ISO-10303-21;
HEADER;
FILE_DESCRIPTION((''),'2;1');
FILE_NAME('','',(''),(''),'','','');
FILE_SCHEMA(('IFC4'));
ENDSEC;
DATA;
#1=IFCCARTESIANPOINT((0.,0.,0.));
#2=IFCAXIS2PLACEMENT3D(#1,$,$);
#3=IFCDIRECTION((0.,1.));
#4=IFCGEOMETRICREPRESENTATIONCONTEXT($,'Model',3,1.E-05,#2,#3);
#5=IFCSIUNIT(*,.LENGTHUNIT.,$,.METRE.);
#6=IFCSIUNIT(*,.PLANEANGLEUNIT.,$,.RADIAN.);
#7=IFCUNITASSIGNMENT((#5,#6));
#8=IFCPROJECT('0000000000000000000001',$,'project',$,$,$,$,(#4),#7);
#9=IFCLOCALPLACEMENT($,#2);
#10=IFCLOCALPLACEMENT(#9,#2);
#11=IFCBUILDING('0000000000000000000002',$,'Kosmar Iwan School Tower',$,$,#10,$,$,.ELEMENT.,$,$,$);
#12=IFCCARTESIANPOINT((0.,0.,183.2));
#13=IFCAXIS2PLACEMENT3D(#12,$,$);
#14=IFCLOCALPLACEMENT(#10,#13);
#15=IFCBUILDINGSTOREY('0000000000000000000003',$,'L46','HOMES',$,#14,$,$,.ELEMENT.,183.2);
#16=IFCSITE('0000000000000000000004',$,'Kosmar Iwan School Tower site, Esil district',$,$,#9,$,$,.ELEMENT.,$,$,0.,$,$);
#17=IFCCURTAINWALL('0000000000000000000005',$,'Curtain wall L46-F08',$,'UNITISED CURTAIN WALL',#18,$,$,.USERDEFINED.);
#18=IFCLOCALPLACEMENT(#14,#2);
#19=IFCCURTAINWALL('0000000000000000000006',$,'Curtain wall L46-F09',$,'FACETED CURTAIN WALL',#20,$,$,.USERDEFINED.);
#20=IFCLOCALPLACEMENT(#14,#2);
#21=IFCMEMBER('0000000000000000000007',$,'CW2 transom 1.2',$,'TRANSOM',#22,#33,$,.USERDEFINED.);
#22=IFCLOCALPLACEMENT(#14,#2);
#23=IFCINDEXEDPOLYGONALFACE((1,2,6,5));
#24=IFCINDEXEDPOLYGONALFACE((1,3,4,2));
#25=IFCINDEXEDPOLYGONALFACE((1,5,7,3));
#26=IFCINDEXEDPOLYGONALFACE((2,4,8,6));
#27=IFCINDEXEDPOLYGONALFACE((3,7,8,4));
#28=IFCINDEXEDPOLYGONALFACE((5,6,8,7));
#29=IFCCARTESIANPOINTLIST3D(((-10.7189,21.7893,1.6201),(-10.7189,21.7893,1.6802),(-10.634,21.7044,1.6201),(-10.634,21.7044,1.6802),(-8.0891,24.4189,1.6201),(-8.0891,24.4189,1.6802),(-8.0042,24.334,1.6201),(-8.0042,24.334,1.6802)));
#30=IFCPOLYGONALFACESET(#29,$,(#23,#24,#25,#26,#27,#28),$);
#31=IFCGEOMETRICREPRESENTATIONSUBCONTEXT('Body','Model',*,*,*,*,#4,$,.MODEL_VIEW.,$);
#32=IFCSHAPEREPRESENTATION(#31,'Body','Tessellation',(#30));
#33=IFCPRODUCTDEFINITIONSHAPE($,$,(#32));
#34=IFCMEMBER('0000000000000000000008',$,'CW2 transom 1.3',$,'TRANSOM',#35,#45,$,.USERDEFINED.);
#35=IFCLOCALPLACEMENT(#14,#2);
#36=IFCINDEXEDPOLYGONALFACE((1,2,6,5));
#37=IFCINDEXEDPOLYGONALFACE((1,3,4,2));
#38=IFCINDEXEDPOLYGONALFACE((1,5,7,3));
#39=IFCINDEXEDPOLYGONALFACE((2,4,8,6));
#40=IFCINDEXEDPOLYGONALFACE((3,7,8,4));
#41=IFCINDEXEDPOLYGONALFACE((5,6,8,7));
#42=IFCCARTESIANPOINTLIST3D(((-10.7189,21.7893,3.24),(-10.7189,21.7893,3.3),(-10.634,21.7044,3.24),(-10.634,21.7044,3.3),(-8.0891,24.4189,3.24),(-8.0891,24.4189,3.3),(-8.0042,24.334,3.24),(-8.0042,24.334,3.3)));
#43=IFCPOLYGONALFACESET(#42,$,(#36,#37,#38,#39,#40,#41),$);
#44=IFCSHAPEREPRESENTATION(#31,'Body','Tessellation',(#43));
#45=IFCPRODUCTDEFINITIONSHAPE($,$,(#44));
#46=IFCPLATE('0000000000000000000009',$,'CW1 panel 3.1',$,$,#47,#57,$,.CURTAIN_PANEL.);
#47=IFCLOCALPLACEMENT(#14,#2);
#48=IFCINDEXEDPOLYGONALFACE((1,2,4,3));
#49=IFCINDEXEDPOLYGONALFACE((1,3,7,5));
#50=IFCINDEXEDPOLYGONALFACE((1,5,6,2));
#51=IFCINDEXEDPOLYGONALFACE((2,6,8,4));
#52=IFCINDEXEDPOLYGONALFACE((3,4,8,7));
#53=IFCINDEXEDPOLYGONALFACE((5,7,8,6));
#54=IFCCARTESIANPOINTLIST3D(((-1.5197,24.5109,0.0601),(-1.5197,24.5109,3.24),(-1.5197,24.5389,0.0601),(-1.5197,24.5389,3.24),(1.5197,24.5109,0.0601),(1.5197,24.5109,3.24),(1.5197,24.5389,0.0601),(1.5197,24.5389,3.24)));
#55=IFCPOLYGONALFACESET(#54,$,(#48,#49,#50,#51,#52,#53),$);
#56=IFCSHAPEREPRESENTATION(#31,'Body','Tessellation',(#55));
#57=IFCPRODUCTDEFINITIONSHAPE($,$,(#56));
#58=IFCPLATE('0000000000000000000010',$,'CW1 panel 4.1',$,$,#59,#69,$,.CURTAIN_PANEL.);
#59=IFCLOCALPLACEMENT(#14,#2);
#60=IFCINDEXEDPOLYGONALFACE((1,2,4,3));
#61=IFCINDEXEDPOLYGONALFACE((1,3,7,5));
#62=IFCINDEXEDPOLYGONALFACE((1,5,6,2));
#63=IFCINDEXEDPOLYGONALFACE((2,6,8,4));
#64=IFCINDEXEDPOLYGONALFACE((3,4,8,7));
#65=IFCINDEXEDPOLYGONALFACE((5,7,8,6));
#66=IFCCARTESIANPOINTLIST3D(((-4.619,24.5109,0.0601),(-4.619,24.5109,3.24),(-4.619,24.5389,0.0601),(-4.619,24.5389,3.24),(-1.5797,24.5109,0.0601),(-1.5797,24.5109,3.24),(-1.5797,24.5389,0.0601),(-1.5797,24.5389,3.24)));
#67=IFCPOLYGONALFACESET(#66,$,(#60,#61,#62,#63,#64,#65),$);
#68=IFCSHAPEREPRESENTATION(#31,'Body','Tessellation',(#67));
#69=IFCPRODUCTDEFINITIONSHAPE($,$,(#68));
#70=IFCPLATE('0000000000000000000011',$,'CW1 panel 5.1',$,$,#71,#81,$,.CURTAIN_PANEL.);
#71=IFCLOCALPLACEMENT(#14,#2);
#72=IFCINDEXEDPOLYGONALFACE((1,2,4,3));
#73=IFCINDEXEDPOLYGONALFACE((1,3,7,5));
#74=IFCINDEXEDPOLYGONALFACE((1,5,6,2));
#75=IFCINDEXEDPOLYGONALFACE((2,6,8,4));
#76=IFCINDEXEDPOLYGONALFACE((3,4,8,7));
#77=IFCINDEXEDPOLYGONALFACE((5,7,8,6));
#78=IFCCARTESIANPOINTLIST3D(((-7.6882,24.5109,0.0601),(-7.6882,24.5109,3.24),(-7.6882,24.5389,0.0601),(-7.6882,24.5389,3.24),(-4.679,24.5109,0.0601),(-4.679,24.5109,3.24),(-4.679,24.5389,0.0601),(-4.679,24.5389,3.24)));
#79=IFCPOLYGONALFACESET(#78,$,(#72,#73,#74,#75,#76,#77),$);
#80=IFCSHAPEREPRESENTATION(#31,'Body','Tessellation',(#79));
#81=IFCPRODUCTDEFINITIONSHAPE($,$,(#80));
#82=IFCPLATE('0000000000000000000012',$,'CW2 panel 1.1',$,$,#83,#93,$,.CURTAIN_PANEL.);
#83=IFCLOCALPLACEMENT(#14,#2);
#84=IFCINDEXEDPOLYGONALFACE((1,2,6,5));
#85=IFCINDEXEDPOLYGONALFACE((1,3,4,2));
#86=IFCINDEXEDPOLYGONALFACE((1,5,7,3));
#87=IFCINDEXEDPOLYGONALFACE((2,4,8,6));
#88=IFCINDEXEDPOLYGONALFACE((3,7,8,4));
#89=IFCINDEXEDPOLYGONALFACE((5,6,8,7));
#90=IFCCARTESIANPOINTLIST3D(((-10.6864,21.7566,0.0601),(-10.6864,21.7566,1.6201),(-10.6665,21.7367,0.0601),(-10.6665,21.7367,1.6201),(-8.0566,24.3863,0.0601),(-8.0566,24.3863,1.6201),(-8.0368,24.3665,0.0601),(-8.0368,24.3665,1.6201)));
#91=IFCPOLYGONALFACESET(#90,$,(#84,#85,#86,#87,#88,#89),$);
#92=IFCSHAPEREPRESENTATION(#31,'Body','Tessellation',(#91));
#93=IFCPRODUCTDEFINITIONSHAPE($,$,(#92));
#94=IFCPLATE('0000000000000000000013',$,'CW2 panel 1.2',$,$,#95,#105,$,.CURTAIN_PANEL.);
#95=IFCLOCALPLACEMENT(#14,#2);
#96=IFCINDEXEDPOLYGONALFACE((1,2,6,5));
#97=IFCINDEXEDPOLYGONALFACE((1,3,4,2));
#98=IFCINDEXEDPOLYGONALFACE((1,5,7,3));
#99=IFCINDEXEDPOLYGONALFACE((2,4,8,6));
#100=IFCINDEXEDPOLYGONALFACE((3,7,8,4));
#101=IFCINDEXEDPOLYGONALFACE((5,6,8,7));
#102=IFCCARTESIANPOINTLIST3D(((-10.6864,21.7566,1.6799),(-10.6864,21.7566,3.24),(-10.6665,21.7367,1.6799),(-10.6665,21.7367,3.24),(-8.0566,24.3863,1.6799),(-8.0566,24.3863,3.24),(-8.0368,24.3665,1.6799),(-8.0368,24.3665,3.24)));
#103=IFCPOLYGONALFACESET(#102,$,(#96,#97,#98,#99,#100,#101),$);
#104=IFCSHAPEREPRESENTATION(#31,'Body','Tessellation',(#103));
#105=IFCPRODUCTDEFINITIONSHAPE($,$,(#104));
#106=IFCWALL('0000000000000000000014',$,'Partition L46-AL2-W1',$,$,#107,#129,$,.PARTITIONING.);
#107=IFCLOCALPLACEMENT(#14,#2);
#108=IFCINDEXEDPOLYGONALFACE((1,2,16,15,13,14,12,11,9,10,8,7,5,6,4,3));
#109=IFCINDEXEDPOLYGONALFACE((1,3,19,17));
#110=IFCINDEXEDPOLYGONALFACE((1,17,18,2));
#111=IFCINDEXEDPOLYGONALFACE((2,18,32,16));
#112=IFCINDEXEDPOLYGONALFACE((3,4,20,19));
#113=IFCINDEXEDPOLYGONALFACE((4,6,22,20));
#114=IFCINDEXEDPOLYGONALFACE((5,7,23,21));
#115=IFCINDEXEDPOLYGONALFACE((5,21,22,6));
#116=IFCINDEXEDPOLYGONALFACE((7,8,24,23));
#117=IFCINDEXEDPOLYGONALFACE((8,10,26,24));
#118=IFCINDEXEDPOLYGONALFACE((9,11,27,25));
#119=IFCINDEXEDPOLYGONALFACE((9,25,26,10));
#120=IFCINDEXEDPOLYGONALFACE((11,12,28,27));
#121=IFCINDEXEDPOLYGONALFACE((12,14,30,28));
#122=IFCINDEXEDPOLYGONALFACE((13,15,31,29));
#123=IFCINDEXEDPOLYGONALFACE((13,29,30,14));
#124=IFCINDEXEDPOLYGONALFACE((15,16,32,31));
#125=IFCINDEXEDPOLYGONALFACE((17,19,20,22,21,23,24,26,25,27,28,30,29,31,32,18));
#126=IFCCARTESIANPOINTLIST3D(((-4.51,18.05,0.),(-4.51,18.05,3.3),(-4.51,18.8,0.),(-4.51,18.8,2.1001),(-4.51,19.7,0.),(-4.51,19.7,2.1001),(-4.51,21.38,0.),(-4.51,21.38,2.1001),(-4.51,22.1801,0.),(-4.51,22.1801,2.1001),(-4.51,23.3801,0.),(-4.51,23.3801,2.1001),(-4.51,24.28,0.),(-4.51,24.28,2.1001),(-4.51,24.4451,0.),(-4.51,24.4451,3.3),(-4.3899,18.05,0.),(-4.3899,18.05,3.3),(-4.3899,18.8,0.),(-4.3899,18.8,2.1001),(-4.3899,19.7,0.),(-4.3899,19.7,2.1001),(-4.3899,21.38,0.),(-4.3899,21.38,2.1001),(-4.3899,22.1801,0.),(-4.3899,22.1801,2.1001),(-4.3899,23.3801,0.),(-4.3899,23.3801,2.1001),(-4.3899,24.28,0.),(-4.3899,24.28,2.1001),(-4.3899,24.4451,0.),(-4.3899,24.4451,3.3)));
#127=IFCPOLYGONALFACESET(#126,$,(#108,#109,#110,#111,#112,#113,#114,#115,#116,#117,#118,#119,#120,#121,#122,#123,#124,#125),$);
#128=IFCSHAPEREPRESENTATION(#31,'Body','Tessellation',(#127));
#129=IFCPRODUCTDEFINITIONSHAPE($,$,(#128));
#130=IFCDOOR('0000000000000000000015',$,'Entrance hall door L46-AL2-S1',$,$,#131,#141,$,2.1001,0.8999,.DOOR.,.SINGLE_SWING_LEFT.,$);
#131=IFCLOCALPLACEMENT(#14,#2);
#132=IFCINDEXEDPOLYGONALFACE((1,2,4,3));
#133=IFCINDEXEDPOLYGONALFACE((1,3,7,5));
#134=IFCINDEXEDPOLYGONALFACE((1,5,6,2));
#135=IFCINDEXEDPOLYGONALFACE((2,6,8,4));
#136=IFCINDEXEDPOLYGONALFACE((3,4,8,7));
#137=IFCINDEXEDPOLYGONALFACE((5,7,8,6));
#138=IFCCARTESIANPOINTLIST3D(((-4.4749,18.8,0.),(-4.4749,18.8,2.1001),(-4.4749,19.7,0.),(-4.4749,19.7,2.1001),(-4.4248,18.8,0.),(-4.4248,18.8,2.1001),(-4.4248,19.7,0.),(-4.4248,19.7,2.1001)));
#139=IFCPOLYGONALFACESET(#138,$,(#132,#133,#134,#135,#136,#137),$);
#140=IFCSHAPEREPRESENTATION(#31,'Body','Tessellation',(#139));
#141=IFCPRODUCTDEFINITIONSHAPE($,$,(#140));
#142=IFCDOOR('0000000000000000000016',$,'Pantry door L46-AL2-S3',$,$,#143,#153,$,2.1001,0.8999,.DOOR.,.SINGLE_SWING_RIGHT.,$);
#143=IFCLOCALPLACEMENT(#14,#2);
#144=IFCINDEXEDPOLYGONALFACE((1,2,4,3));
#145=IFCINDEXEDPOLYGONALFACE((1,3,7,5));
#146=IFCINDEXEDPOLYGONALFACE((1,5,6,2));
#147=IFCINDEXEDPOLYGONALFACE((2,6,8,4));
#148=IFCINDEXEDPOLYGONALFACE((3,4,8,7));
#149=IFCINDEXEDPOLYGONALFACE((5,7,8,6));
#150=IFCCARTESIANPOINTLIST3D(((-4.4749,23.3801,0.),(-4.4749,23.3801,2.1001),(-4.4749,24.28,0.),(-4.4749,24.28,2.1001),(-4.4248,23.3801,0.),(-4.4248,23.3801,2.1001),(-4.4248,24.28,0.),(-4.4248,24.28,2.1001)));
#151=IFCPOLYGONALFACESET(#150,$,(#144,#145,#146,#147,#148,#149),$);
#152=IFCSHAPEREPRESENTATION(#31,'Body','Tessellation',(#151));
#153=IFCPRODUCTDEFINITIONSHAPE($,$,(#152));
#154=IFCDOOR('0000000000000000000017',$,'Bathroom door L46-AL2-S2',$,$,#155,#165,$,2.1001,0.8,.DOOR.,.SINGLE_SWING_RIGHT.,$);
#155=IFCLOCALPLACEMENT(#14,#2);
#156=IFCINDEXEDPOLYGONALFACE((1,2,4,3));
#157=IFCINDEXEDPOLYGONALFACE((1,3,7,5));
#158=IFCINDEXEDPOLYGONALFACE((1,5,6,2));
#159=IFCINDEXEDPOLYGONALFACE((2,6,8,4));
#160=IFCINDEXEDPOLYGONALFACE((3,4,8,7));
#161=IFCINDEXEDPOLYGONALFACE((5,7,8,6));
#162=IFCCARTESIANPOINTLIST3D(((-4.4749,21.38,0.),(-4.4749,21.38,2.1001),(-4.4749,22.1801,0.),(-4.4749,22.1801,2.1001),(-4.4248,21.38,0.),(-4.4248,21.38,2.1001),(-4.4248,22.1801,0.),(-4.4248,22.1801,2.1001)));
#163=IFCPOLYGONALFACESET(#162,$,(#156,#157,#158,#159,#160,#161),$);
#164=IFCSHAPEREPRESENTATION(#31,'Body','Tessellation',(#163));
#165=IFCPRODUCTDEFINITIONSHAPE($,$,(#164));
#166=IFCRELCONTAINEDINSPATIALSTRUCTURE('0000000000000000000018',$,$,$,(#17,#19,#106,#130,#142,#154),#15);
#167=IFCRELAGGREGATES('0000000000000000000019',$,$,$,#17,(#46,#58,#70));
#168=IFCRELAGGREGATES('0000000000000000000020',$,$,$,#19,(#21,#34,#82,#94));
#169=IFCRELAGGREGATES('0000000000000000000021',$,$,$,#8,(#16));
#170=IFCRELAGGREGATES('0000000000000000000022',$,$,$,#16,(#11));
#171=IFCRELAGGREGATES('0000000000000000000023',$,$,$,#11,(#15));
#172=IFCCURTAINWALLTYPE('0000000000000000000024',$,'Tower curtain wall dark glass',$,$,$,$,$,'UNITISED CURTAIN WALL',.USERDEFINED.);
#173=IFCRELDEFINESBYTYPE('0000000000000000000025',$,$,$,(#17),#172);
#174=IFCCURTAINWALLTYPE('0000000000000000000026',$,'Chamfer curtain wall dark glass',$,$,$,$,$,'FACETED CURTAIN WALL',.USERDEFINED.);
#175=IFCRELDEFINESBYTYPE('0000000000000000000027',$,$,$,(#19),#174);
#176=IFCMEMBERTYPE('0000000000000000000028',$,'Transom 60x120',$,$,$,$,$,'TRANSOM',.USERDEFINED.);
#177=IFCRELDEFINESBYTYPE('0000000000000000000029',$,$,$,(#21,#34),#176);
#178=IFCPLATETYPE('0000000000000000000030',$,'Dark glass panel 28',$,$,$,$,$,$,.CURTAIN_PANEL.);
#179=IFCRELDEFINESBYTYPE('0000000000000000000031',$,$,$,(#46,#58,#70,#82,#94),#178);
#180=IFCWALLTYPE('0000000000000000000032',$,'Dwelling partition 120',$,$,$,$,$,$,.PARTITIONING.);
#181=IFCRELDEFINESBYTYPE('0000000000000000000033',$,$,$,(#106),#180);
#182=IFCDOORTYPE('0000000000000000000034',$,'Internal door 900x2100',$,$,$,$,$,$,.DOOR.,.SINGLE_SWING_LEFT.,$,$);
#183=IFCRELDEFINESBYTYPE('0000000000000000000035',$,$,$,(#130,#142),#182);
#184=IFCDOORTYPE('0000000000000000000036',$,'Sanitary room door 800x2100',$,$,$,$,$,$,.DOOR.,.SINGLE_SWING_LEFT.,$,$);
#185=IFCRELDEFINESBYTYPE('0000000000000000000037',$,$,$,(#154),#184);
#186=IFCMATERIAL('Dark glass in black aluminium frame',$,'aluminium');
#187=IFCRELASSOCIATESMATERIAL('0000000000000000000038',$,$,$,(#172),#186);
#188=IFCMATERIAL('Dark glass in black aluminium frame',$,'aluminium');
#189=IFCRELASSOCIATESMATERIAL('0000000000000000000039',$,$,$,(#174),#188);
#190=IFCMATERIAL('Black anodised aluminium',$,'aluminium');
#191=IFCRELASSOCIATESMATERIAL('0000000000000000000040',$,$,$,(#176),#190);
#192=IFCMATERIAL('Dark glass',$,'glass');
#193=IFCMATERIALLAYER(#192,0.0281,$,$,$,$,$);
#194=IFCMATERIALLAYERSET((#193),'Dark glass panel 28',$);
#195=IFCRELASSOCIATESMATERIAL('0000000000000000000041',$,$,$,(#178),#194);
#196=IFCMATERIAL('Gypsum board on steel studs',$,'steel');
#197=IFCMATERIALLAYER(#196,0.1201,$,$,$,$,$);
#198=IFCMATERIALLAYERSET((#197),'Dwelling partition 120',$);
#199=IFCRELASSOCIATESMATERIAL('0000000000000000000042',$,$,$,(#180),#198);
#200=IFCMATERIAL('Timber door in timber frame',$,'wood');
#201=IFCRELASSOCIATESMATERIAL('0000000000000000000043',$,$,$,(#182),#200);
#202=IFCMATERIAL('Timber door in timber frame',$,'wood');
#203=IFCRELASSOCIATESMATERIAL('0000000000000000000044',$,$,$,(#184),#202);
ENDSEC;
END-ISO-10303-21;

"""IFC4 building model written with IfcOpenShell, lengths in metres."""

from ifc_helpers import new_model, si_unit, direction, frame, frame_2d, origin, origin_2d, place, context, subcontext, project, spatial, rectangle, extrude, material, layer, layer_set, material_profile, profile_set, type_object, element, fill, aggregate, save


model = new_model("IFC4")

# Units and contexts
model_context = context("Model", 3, precision=1e-05, world=origin(), true_north=direction((0.0, 1.0)))
body_context = subcontext(model_context, "Body", "Model", "MODEL_VIEW")
ifc_project = project(units=[si_unit("LENGTHUNIT", "METRE"), si_unit("PLANEANGLEUNIT", "RADIAN")], contexts=[model_context])

# Site, building, storey
site_placement = place(None, origin())
site = spatial("IfcSite", under=ifc_project, at=site_placement, Name="Kosmar Iwan School Tower site, Esil district", CompositionType="ELEMENT", RefElevation=0.0)
building_placement = place(site_placement, origin())
building = spatial("IfcBuilding", under=site, at=building_placement, Name="Kosmar Iwan School Tower", CompositionType="ELEMENT")
storey_placement = place(building_placement, frame((0.0, 0.0, 183.2)))
storey = spatial("IfcBuildingStorey", under=building, at=storey_placement, Name="L46", Description="HOMES", CompositionType="ELEMENT", Elevation=183.2)

# Curtain walls
ifc_material_1 = material(Name="Dark glass in black aluminium frame", Category="aluminium")
curtain_wall_type_1 = type_object("IfcCurtainWallType", Name="Tower curtain wall dark glass", ElementType="UNITISED CURTAIN WALL", PredefinedType="USERDEFINED", material=ifc_material_1)
curtain_wall_1_placement = place(storey_placement, origin())
curtain_wall_1 = element("IfcCurtainWall", 1, at=curtain_wall_1_placement, inside=storey, type_object=curtain_wall_type_1, Name="Curtain wall L46-F08", ObjectType="UNITISED CURTAIN WALL", PredefinedType="USERDEFINED")
ifc_material_2 = material(Name="Dark glass in black aluminium frame", Category="aluminium")
curtain_wall_type_2 = type_object("IfcCurtainWallType", Name="Chamfer curtain wall dark glass", ElementType="FACETED CURTAIN WALL", PredefinedType="USERDEFINED", material=ifc_material_2)
curtain_wall_2_placement = place(storey_placement, origin())
curtain_wall_2 = element("IfcCurtainWall", 2, at=curtain_wall_2_placement, inside=storey, type_object=curtain_wall_type_2, Name="Curtain wall L46-F09", ObjectType="FACETED CURTAIN WALL", PredefinedType="USERDEFINED")

# Members
ifc_material_3 = material(Name="Black anodised aluminium", Category="aluminium")
ifc_material_profile_1 = material_profile(ifc_material_3, rectangle(XDim=0.1201, YDim=0.0601, at=origin_2d()), Name="TRANSOM 60x120")
ifc_profile_set_1 = profile_set([ifc_material_profile_1], Name="Black anodised aluminium")
member_type_1 = type_object("IfcMemberType", Name="Transom 60x120", ElementType="TRANSOM", PredefinedType="USERDEFINED", material=ifc_profile_set_1)
member_1_placement = place(storey_placement, frame((-8.0466, 24.3765, 1.6501), z_axis=(-0.70714, -0.707074, 0.0), x_axis=(0.707074, -0.70714, 0.0)))
member_1 = element("IfcMember", 3, at=member_1_placement, type_object=member_type_1, Name="CW2 transom 1.2", ObjectType="TRANSOM", PredefinedType="USERDEFINED", context=body_context, shape_type="SweptSolid", body=[
    extrude(rectangle(XDim=0.1201, YDim=0.0601, at=origin_2d()), origin(), (0.0, 0.0, 1.0), 3.719),
])
member_2_placement = place(storey_placement, frame((-8.0466, 24.3765, 3.27), z_axis=(-0.70714, -0.707074, 0.0), x_axis=(0.707074, -0.70714, 0.0)))
member_2 = element("IfcMember", 4, at=member_2_placement, type_object=member_type_1, Name="CW2 transom 1.3", ObjectType="TRANSOM", PredefinedType="USERDEFINED", context=body_context, shape_type="SweptSolid", body=[
    extrude(rectangle(XDim=0.1201, YDim=0.0601, at=origin_2d()), origin(), (0.0, 0.0, 1.0), 3.719),
])

# Plates
ifc_material_4 = material(Name="Dark glass", Category="glass")
ifc_layer_1 = layer(ifc_material_4, 0.0281)
ifc_layer_set_1 = layer_set([ifc_layer_1], Name="Dark glass panel 28")
plate_type = type_object("IfcPlateType", Name="Dark glass panel 28", PredefinedType="CURTAIN_PANEL", material=ifc_layer_set_1)
plate_1_placement = place(storey_placement, frame((0.0, 24.5249, 0.0601), z_axis=(0.0, 0.0, 1.0), x_axis=(-1.0, 0.0, 0.0)))
plate_1 = element("IfcPlate", 5, at=plate_1_placement, type_object=plate_type, Name="CW1 panel 3.1", PredefinedType="CURTAIN_PANEL", context=body_context, shape_type="SweptSolid", body=[
    extrude(rectangle(XDim=3.0393, YDim=0.0281, at=origin_2d()), origin(), (0.0, 0.0, 1.0), 3.1799),
])
plate_2_placement = place(storey_placement, frame((-3.0994, 24.5249, 0.0601), z_axis=(0.0, 0.0, 1.0), x_axis=(-1.0, 0.0, 0.0)))
plate_2 = element("IfcPlate", 6, at=plate_2_placement, type_object=plate_type, Name="CW1 panel 4.1", PredefinedType="CURTAIN_PANEL", context=body_context, shape_type="SweptSolid", body=[
    extrude(rectangle(XDim=3.0393, YDim=0.0281, at=origin_2d()), origin(), (0.0, 0.0, 1.0), 3.1799),
])
plate_3_placement = place(storey_placement, frame((-6.1836, 24.5249, 0.0601), z_axis=(0.0, 0.0, 1.0), x_axis=(-1.0, 0.0, 0.0)))
plate_3 = element("IfcPlate", 7, at=plate_3_placement, type_object=plate_type, Name="CW1 panel 5.1", PredefinedType="CURTAIN_PANEL", context=body_context, shape_type="SweptSolid", body=[
    extrude(rectangle(XDim=3.0093, YDim=0.0281, at=origin_2d()), origin(), (0.0, 0.0, 1.0), 3.1799),
])
aggregate(curtain_wall_1, [plate_1, plate_2, plate_3])
plate_4_placement = place(storey_placement, frame((-9.3616, 23.0615, 0.0601), z_axis=(0.0, 0.0, 1.0), x_axis=(-0.707107, -0.707107, 0.0)))
plate_4 = element("IfcPlate", 8, at=plate_4_placement, type_object=plate_type, Name="CW2 panel 1.1", PredefinedType="CURTAIN_PANEL", context=body_context, shape_type="SweptSolid", body=[
    extrude(rectangle(XDim=3.719, YDim=0.0281, at=origin_2d()), origin(), (0.0, 0.0, 1.0), 1.5601),
])
plate_5_placement = place(storey_placement, frame((-9.3616, 23.0615, 1.6799), z_axis=(0.0, 0.0, 1.0), x_axis=(-0.707107, -0.707107, 0.0)))
plate_5 = element("IfcPlate", 9, at=plate_5_placement, type_object=plate_type, Name="CW2 panel 1.2", PredefinedType="CURTAIN_PANEL", context=body_context, shape_type="SweptSolid", body=[
    extrude(rectangle(XDim=3.719, YDim=0.0281, at=origin_2d()), origin(), (0.0, 0.0, 1.0), 1.5601),
])
aggregate(curtain_wall_2, [member_1, member_2, plate_4, plate_5])

# Wall, openings, doors
ifc_material_5 = material(Name="Gypsum board on steel studs", Category="steel")
ifc_layer_2 = layer(ifc_material_5, 0.1201)
ifc_layer_set_2 = layer_set([ifc_layer_2], Name="Dwelling partition 120")
wall_type = type_object("IfcWallType", Name="Dwelling partition 120", PredefinedType="PARTITIONING", material=ifc_layer_set_2)
wall_1_placement = place(storey_placement, frame((-4.45, 18.05, 0.0), z_axis=(0.0, 0.0, 1.0), x_axis=(0.0, 1.0, 0.0)))
wall_1 = element("IfcWall", 10, at=wall_1_placement, inside=storey, type_object=wall_type, Name="Partition L46-AL2-W1", PredefinedType="PARTITIONING", context=body_context, shape_type="SweptSolid", body=[
    extrude(rectangle(XDim=6.395, YDim=0.1201, at=frame_2d((3.1975, 0.0))), origin(), (0.0, 0.0, 1.0), 3.3),
])
opening_1_placement = place(wall_1_placement, frame((0.75, 0.0, 0.0)))
opening_1 = element("IfcOpeningElement", 11, at=opening_1_placement, cuts=wall_1, PredefinedType="OPENING", context=body_context, shape_type="SweptSolid", body=[
    extrude(rectangle(XDim=0.8999, YDim=2.1001, at=frame_2d((0.45, 1.05))), frame((0.0, 0.072, 0.0), z_axis=(0.0, -1.0, 0.0), x_axis=(1.0, 0.0, 0.0)), (0.0, 0.0, 1.0), 0.144),
])
opening_2_placement = place(wall_1_placement, frame((3.3301, 0.0, 0.0)))
opening_2 = element("IfcOpeningElement", 12, at=opening_2_placement, cuts=wall_1, PredefinedType="OPENING", context=body_context, shape_type="SweptSolid", body=[
    extrude(rectangle(XDim=0.8, YDim=2.1001, at=frame_2d((0.3999, 1.05))), frame((0.0, 0.072, 0.0), z_axis=(0.0, -1.0, 0.0), x_axis=(1.0, 0.0, 0.0)), (0.0, 0.0, 1.0), 0.144),
])
opening_3_placement = place(wall_1_placement, frame((5.3301, 0.0, 0.0)))
opening_3 = element("IfcOpeningElement", 13, at=opening_3_placement, cuts=wall_1, PredefinedType="OPENING", context=body_context, shape_type="SweptSolid", body=[
    extrude(rectangle(XDim=0.8999, YDim=2.1001, at=frame_2d((0.45, 1.05))), frame((0.0, 0.072, 0.0), z_axis=(0.0, -1.0, 0.0), x_axis=(1.0, 0.0, 0.0)), (0.0, 0.0, 1.0), 0.144),
])
ifc_material_6 = material(Name="Timber door in timber frame", Category="wood")
door_type_1 = type_object("IfcDoorType", Name="Internal door 900x2100", OperationType="SINGLE_SWING_LEFT", PredefinedType="DOOR", material=ifc_material_6)
door_1_placement = place(opening_1_placement, origin())
door_1 = element("IfcDoor", 14, at=door_1_placement, inside=storey, type_object=door_type_1, Name="Entrance hall door L46-AL2-S1", OperationType="SINGLE_SWING_LEFT", OverallHeight=2.1001, OverallWidth=0.8999, PredefinedType="DOOR", context=body_context, shape_type="SweptSolid", body=[
    extrude(rectangle(XDim=0.8999, YDim=2.1001, at=frame_2d((0.45, 1.05))), frame((0.0, 0.0249, 0.0), z_axis=(0.0, -1.0, 0.0), x_axis=(1.0, 0.0, 0.0)), (0.0, 0.0, 1.0), 0.05),
])
fill(opening_1, door_1)
door_2_placement = place(opening_3_placement, origin())
door_2 = element("IfcDoor", 15, at=door_2_placement, inside=storey, type_object=door_type_1, Name="Pantry door L46-AL2-S3", OperationType="SINGLE_SWING_RIGHT", OverallHeight=2.1001, OverallWidth=0.8999, PredefinedType="DOOR", context=body_context, shape_type="SweptSolid", body=[
    extrude(rectangle(XDim=0.8999, YDim=2.1001, at=frame_2d((0.45, 1.05))), frame((0.0, 0.0249, 0.0), z_axis=(0.0, -1.0, 0.0), x_axis=(1.0, 0.0, 0.0)), (0.0, 0.0, 1.0), 0.05),
])
fill(opening_3, door_2)
ifc_material_7 = material(Name="Timber door in timber frame", Category="wood")
door_type_2 = type_object("IfcDoorType", Name="Sanitary room door 800x2100", OperationType="SINGLE_SWING_LEFT", PredefinedType="DOOR", material=ifc_material_7)
door_3_placement = place(opening_2_placement, origin())
door_3 = element("IfcDoor", 16, at=door_3_placement, inside=storey, type_object=door_type_2, Name="Bathroom door L46-AL2-S2", OperationType="SINGLE_SWING_RIGHT", OverallHeight=2.1001, OverallWidth=0.8, PredefinedType="DOOR", context=body_context, shape_type="SweptSolid", body=[
    extrude(rectangle(XDim=0.8, YDim=2.1001, at=frame_2d((0.3999, 1.05))), frame((0.0, 0.0249, 0.0), z_axis=(0.0, -1.0, 0.0), x_axis=(1.0, 0.0, 0.0)), (0.0, 0.0, 1.0), 0.05),
])
fill(opening_2, door_3)

save(model, "model.ifc")
